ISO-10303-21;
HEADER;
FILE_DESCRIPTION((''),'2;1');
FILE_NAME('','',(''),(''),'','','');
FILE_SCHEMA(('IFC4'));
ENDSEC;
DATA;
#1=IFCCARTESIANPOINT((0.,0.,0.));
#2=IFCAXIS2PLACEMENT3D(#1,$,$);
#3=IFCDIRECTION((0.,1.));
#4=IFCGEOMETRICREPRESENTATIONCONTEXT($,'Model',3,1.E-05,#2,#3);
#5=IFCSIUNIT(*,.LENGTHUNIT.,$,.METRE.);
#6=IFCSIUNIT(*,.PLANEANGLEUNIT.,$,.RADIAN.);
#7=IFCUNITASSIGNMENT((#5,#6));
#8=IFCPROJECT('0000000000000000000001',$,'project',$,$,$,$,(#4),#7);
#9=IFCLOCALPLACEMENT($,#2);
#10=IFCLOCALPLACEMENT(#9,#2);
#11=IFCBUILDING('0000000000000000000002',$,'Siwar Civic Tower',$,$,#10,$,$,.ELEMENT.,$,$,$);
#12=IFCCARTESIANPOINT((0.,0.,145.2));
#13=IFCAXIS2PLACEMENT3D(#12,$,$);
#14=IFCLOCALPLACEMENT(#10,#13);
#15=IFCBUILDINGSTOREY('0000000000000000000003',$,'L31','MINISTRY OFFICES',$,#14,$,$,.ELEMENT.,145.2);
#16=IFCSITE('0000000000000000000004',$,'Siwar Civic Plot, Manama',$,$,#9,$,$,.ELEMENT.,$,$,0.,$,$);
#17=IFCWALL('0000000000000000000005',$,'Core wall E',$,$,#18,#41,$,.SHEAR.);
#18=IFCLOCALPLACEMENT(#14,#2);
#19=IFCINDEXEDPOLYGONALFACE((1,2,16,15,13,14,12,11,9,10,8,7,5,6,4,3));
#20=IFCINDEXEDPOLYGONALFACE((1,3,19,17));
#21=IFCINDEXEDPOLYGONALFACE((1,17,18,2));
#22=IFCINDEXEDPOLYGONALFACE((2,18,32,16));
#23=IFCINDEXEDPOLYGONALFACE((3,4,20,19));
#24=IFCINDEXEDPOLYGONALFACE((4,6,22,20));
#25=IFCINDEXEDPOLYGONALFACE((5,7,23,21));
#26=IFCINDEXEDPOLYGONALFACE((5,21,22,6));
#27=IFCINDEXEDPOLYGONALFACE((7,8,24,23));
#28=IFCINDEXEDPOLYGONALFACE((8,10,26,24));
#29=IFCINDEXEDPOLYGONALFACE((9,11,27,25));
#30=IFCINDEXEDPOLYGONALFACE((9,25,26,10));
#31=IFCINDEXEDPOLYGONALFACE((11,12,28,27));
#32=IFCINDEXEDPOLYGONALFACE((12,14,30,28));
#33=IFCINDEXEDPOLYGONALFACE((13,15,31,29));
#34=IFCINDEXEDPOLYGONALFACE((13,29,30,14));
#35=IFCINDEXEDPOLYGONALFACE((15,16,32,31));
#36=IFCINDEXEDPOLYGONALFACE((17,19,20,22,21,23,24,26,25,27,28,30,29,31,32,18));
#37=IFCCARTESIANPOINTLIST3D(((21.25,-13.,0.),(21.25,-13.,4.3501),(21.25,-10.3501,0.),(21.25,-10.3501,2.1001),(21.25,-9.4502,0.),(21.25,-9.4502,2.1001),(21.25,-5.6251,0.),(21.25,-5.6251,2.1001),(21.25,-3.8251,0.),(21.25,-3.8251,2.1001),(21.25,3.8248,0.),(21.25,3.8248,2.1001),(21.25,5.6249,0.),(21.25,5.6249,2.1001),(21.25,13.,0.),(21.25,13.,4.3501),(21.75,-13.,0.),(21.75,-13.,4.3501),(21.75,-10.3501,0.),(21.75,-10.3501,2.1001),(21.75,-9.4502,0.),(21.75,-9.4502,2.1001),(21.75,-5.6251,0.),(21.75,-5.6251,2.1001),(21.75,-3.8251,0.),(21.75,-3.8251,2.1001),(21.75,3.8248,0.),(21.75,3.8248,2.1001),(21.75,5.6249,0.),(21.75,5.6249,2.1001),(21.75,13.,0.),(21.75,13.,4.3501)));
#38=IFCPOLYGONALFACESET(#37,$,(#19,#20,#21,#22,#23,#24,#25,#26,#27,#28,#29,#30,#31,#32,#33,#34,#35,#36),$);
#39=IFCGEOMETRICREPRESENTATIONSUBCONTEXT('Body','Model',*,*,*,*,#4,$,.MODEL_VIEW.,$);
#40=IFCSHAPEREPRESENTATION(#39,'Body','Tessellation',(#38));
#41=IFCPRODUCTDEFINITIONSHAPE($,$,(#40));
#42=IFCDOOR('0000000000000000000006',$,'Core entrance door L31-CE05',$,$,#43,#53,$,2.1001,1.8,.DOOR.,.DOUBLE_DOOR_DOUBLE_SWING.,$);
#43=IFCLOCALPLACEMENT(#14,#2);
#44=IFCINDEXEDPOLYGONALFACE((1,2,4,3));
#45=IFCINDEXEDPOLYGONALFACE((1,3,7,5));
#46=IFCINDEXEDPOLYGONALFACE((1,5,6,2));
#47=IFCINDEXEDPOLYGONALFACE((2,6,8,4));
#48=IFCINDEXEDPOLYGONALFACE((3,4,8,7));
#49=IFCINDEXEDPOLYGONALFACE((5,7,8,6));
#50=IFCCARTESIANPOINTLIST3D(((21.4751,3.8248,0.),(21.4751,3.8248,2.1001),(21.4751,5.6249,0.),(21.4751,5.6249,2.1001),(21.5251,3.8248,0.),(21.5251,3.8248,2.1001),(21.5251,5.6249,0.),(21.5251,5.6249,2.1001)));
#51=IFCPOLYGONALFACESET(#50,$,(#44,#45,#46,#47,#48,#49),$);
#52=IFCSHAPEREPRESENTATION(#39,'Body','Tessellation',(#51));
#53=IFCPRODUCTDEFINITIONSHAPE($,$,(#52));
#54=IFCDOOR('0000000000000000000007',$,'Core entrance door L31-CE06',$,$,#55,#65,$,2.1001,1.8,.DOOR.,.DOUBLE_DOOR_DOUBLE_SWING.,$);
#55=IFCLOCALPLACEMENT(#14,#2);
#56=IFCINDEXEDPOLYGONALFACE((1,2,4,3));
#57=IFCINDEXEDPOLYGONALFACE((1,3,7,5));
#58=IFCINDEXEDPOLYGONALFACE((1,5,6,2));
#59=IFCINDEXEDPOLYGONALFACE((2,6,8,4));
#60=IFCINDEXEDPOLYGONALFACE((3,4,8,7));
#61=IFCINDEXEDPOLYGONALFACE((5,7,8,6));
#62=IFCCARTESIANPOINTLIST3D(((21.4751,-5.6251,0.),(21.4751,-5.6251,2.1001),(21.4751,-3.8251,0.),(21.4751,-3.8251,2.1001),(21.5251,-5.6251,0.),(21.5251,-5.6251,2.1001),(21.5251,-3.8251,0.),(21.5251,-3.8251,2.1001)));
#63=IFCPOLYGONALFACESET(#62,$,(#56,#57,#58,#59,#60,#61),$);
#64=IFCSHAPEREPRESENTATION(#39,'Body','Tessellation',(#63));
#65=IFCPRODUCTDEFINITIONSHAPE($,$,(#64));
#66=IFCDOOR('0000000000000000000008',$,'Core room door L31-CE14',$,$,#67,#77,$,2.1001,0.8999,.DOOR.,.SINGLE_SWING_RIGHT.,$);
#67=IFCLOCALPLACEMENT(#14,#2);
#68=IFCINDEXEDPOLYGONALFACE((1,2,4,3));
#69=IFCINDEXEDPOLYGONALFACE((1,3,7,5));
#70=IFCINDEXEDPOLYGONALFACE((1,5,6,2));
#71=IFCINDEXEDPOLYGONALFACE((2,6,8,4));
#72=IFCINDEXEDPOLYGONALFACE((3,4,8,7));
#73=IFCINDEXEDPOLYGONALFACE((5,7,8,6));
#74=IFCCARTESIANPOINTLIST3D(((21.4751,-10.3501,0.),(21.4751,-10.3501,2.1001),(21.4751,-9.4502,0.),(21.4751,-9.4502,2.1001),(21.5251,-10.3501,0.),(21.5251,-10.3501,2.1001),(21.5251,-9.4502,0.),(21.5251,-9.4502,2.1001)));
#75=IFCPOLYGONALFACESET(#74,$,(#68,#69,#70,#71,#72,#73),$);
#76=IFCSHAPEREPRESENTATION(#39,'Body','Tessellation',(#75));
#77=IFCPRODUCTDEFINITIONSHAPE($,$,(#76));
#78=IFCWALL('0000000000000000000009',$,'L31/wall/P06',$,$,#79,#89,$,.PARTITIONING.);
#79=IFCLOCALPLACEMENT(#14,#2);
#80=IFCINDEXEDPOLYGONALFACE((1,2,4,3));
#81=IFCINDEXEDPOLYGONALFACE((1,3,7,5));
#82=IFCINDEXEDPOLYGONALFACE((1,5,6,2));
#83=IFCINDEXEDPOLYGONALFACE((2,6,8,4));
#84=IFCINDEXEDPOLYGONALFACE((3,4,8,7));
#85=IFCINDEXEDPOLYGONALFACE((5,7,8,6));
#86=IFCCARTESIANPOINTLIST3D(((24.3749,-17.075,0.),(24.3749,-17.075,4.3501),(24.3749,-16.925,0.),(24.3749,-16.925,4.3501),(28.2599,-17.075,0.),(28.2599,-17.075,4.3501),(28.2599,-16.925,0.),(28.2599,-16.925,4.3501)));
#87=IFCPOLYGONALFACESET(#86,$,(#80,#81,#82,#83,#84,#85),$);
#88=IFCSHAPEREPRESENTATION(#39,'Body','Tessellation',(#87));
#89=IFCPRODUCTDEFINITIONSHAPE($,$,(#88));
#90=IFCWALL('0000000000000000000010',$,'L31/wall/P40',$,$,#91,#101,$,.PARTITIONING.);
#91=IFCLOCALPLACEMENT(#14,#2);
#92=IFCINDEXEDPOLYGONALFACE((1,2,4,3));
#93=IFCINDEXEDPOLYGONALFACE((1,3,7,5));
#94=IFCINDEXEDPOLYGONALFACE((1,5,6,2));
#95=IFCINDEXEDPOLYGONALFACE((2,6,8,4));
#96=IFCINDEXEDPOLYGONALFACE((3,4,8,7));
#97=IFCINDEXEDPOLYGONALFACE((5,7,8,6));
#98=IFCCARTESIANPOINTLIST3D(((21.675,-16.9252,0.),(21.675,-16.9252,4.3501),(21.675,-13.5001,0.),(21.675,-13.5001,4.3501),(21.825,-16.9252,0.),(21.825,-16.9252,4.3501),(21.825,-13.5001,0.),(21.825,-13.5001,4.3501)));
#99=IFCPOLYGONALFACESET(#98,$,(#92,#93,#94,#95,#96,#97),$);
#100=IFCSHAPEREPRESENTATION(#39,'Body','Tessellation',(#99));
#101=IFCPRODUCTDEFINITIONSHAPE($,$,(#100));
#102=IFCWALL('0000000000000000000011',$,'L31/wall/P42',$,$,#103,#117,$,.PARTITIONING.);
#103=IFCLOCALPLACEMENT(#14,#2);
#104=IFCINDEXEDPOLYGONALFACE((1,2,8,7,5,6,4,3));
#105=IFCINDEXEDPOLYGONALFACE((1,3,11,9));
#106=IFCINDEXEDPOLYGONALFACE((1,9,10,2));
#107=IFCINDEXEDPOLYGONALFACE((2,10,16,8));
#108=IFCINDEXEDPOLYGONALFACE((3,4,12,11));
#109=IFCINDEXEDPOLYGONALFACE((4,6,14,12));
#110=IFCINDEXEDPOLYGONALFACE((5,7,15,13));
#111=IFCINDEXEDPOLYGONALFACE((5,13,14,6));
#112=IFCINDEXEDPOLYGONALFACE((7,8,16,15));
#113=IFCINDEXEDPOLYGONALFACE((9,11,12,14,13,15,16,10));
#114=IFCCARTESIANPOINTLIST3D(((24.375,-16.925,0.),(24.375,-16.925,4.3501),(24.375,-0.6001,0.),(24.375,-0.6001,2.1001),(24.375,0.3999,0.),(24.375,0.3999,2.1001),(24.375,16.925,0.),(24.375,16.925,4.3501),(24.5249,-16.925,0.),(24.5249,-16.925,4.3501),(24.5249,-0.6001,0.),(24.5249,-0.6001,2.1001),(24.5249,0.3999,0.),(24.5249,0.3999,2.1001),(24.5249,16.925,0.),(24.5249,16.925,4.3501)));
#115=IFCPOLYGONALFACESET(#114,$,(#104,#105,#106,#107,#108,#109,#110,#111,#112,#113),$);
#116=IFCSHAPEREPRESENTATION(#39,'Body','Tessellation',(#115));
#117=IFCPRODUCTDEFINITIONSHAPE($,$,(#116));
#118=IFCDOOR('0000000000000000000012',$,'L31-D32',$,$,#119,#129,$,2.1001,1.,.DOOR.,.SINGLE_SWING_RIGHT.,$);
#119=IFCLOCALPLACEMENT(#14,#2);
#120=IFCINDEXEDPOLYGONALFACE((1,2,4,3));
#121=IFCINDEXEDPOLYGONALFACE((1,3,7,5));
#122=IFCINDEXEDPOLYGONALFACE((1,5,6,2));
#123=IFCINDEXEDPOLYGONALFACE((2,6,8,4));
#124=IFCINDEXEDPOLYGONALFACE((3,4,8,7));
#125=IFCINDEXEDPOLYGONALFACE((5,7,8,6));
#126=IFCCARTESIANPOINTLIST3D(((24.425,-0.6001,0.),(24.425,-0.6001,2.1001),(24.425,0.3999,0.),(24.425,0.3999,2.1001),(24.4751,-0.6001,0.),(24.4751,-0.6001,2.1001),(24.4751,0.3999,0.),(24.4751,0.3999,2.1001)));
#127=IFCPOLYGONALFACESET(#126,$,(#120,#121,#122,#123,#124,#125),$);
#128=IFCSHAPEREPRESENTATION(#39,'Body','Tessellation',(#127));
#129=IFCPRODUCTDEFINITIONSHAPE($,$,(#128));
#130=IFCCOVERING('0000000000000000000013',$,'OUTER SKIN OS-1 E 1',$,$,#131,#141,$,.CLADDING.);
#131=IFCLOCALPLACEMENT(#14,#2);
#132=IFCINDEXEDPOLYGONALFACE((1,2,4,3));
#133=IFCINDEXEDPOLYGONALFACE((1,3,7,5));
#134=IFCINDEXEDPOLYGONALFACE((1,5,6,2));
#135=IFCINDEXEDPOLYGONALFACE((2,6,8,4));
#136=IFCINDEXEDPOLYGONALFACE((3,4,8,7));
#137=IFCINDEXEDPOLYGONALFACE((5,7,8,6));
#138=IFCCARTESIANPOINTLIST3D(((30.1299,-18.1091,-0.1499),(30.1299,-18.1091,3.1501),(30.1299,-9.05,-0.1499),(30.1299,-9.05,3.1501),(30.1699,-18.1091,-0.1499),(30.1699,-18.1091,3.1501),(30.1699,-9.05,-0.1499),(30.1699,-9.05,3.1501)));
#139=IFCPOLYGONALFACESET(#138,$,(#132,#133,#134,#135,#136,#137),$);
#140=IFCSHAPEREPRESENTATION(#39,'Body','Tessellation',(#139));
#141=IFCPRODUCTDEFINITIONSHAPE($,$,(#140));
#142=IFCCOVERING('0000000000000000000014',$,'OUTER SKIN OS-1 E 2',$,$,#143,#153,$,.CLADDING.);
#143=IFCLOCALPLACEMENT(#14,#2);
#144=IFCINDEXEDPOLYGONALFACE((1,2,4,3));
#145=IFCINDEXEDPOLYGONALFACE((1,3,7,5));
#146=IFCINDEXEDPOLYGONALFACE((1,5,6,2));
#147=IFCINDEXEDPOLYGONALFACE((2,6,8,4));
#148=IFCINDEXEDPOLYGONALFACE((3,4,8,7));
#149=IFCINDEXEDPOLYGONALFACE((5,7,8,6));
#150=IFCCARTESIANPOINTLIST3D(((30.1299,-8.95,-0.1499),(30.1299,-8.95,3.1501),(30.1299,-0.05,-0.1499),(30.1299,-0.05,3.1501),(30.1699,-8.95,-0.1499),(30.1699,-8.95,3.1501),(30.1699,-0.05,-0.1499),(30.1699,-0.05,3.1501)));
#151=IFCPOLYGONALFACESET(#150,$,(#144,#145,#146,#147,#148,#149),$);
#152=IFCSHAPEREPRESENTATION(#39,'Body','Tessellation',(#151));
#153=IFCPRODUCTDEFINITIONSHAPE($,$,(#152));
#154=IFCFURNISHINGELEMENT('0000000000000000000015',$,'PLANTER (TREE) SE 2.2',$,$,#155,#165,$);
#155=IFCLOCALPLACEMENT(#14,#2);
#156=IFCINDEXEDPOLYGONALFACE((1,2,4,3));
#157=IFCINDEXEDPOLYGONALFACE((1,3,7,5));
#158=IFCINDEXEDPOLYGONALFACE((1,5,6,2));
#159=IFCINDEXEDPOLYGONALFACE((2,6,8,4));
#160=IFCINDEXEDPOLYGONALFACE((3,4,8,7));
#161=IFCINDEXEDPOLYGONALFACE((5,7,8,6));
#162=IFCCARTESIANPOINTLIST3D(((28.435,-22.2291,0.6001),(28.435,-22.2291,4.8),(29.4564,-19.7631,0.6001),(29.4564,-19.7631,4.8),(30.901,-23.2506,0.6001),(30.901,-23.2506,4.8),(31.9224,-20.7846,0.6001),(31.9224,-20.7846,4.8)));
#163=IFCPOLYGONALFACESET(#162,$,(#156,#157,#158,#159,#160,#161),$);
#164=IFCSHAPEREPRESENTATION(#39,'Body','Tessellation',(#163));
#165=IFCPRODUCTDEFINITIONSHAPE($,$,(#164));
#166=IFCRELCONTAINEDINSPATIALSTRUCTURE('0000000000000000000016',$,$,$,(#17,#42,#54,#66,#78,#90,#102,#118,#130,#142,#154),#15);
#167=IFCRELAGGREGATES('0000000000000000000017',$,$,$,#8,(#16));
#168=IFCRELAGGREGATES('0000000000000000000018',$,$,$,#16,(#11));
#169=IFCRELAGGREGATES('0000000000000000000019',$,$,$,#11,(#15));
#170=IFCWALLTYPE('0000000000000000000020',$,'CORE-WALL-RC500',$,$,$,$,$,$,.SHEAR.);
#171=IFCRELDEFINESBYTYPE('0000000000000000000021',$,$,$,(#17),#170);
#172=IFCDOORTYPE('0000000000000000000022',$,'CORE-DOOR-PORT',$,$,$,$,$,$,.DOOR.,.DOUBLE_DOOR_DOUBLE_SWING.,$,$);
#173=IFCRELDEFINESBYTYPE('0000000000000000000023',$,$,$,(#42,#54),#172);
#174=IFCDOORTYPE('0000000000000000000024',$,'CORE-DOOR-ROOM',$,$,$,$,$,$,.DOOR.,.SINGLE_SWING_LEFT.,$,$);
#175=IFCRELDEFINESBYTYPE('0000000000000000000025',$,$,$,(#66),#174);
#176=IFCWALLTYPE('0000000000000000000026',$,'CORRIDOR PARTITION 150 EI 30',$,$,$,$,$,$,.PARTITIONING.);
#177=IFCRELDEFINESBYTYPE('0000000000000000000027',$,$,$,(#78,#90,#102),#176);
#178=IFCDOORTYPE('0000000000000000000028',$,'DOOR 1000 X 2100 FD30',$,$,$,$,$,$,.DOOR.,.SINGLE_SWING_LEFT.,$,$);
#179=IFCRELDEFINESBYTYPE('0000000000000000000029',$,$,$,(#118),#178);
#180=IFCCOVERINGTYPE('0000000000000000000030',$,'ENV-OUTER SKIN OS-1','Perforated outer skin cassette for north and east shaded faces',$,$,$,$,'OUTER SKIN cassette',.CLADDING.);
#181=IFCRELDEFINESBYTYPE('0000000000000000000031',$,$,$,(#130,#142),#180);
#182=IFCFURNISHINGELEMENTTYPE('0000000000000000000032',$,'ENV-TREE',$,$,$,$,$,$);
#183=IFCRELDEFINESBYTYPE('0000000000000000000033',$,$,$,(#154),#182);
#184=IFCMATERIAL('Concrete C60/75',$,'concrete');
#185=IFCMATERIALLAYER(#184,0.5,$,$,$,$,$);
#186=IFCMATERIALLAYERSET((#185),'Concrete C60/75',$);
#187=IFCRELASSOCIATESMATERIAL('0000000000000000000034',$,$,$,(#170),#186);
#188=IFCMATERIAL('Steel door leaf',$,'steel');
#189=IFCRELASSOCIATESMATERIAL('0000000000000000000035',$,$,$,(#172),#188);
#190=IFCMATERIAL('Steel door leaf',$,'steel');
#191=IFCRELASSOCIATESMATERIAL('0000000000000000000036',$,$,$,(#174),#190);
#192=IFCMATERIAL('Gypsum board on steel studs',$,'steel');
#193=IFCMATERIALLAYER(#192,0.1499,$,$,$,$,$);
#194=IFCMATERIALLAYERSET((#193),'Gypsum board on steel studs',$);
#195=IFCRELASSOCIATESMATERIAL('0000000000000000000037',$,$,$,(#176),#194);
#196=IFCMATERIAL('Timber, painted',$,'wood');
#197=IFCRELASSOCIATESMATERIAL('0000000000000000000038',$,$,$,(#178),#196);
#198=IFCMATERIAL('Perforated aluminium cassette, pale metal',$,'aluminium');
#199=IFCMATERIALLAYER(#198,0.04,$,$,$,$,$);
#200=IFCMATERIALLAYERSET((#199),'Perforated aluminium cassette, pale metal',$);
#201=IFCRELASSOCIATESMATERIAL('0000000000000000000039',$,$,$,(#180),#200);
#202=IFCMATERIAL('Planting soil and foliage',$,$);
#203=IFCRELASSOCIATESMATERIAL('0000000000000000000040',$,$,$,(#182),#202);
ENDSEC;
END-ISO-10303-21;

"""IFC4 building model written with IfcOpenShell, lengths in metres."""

from ifc_helpers import new_model, si_unit, direction, frame, frame_2d, origin, origin_2d, place, context, subcontext, project, spatial, rectangle, extrude, material, layer, layer_set, type_object, element, fill, save


model = new_model("IFC4")

# Units and contexts
model_context = context("Model", 3, precision=1e-05, world=origin(), true_north=direction((0.0, 1.0)))
body_context = subcontext(model_context, "Body", "Model", "MODEL_VIEW")
ifc_project = project(units=[si_unit("LENGTHUNIT", "METRE"), si_unit("PLANEANGLEUNIT", "RADIAN")], contexts=[model_context])

# Site, building, storey
site_placement = place(None, origin())
site = spatial("IfcSite", under=ifc_project, at=site_placement, Name="Siwar Civic Plot, Manama", CompositionType="ELEMENT", RefElevation=0.0)
building_placement = place(site_placement, origin())
building = spatial("IfcBuilding", under=site, at=building_placement, Name="Siwar Civic Tower", CompositionType="ELEMENT")
storey_placement = place(building_placement, frame((0.0, 0.0, 145.2)))
storey = spatial("IfcBuildingStorey", under=building, at=storey_placement, Name="L31", Description="MINISTRY OFFICES", CompositionType="ELEMENT", Elevation=145.2)

# Wall, openings, doors
ifc_material_1 = material(Name="Concrete C60/75", Category="concrete")
ifc_layer_1 = layer(ifc_material_1, 0.5)
ifc_layer_set_1 = layer_set([ifc_layer_1], Name="Concrete C60/75")
wall_type_1 = type_object("IfcWallType", Name="CORE-WALL-RC500", PredefinedType="SHEAR", material=ifc_layer_set_1)
wall_1_placement = place(storey_placement, frame((21.5, -13.0, 0.0), z_axis=(0.0, 0.0, 1.0), x_axis=(0.0, 1.0, 0.0)))
wall_1 = element("IfcWall", 1, at=wall_1_placement, inside=storey, type_object=wall_type_1, Name="Core wall E", PredefinedType="SHEAR", context=body_context, shape_type="SweptSolid", body=[
    extrude(rectangle(XDim=26.0, YDim=0.5, at=frame_2d((13.0, 0.0))), origin(), (0.0, 0.0, 1.0), 4.3501),
])
opening_1_placement = place(wall_1_placement, frame((16.825, 0.0, 0.0)))
opening_1 = element("IfcOpeningElement", 2, at=opening_1_placement, cuts=wall_1, PredefinedType="OPENING", context=body_context, shape_type="SweptSolid", body=[
    extrude(rectangle(XDim=1.8, YDim=2.1001, at=frame_2d((0.8999, 1.05))), frame((0.0, 0.26, 0.0), z_axis=(0.0, -1.0, 0.0), x_axis=(1.0, 0.0, 0.0)), (0.0, 0.0, 1.0), 0.52),
])
opening_2_placement = place(wall_1_placement, frame((7.375, 0.0, 0.0)))
opening_2 = element("IfcOpeningElement", 3, at=opening_2_placement, cuts=wall_1, PredefinedType="OPENING", context=body_context, shape_type="SweptSolid", body=[
    extrude(rectangle(XDim=1.8, YDim=2.1001, at=frame_2d((0.8999, 1.05))), frame((0.0, 0.26, 0.0), z_axis=(0.0, -1.0, 0.0), x_axis=(1.0, 0.0, 0.0)), (0.0, 0.0, 1.0), 0.52),
])
opening_3_placement = place(wall_1_placement, frame((2.6499, 0.0, 0.0)))
opening_3 = element("IfcOpeningElement", 4, at=opening_3_placement, cuts=wall_1, PredefinedType="OPENING", context=body_context, shape_type="SweptSolid", body=[
    extrude(rectangle(XDim=0.8999, YDim=2.1001, at=frame_2d((0.45, 1.05))), frame((0.0, 0.26, 0.0), z_axis=(0.0, -1.0, 0.0), x_axis=(1.0, 0.0, 0.0)), (0.0, 0.0, 1.0), 0.52),
])
ifc_material_2 = material(Name="Steel door leaf", Category="steel")
door_type_1 = type_object("IfcDoorType", Name="CORE-DOOR-PORT", OperationType="DOUBLE_DOOR_DOUBLE_SWING", PredefinedType="DOOR", material=ifc_material_2)
door_1_placement = place(opening_1_placement, origin())
door_1 = element("IfcDoor", 5, at=door_1_placement, inside=storey, type_object=door_type_1, Name="Core entrance door L31-CE05", OperationType="DOUBLE_DOOR_DOUBLE_SWING", OverallHeight=2.1001, OverallWidth=1.8, PredefinedType="DOOR", context=body_context, shape_type="SweptSolid", body=[
    extrude(rectangle(XDim=1.8, YDim=2.1001, at=frame_2d((0.8999, 1.05))), frame((0.0, 0.0249, 0.0), z_axis=(0.0, -1.0, 0.0), x_axis=(1.0, 0.0, 0.0)), (0.0, 0.0, 1.0), 0.05),
])
fill(opening_1, door_1)
door_2_placement = place(opening_2_placement, origin())
door_2 = element("IfcDoor", 6, at=door_2_placement, inside=storey, type_object=door_type_1, Name="Core entrance door L31-CE06", OperationType="DOUBLE_DOOR_DOUBLE_SWING", OverallHeight=2.1001, OverallWidth=1.8, PredefinedType="DOOR", context=body_context, shape_type="SweptSolid", body=[
    extrude(rectangle(XDim=1.8, YDim=2.1001, at=frame_2d((0.8999, 1.05))), frame((0.0, 0.0249, 0.0), z_axis=(0.0, -1.0, 0.0), x_axis=(1.0, 0.0, 0.0)), (0.0, 0.0, 1.0), 0.05),
])
fill(opening_2, door_2)
ifc_material_3 = material(Name="Steel door leaf", Category="steel")
door_type_2 = type_object("IfcDoorType", Name="CORE-DOOR-ROOM", OperationType="SINGLE_SWING_LEFT", PredefinedType="DOOR", material=ifc_material_3)
door_3_placement = place(opening_3_placement, origin())
door_3 = element("IfcDoor", 7, at=door_3_placement, inside=storey, type_object=door_type_2, Name="Core room door L31-CE14", OperationType="SINGLE_SWING_RIGHT", OverallHeight=2.1001, OverallWidth=0.8999, PredefinedType="DOOR", context=body_context, shape_type="SweptSolid", body=[
    extrude(rectangle(XDim=0.8999, YDim=2.1001, at=frame_2d((0.45, 1.05))), frame((0.0, 0.0249, 0.0), z_axis=(0.0, -1.0, 0.0), x_axis=(1.0, 0.0, 0.0)), (0.0, 0.0, 1.0), 0.05),
])
fill(opening_3, door_3)

# Walls
ifc_material_4 = material(Name="Gypsum board on steel studs", Category="steel")
ifc_layer_2 = layer(ifc_material_4, 0.1499)
ifc_layer_set_2 = layer_set([ifc_layer_2], Name="Gypsum board on steel studs")
wall_type_2 = type_object("IfcWallType", Name="CORRIDOR PARTITION 150 EI 30", PredefinedType="PARTITIONING", material=ifc_layer_set_2)
wall_2_placement = place(storey_placement, frame((24.375, -17.0, 0.0), z_axis=(0.0, 0.0, 1.0), x_axis=(1.0, 0.0, 0.0)))
element("IfcWall", 8, at=wall_2_placement, inside=storey, type_object=wall_type_2, Name="L31/wall/P06", PredefinedType="PARTITIONING", context=body_context, shape_type="SweptSolid", body=[
    extrude(rectangle(XDim=3.885, YDim=0.1499, at=frame_2d((1.9424, 0.0))), origin(), (0.0, 0.0, 1.0), 4.3501),
])
wall_3_placement = place(storey_placement, frame((21.75, -16.925, 0.0), z_axis=(0.0, 0.0, 1.0), x_axis=(0.0, 1.0, 0.0)))
element("IfcWall", 9, at=wall_3_placement, inside=storey, type_object=wall_type_2, Name="L31/wall/P40", PredefinedType="PARTITIONING", context=body_context, shape_type="SweptSolid", body=[
    extrude(rectangle(XDim=3.425, YDim=0.1499, at=frame_2d((1.7124, 0.0))), origin(), (0.0, 0.0, 1.0), 4.3501),
])

# Wall, opening, door
wall_4_placement = place(storey_placement, frame((24.45, -16.925, 0.0), z_axis=(0.0, 0.0, 1.0), x_axis=(0.0, 1.0, 0.0)))
wall_4 = element("IfcWall", 10, at=wall_4_placement, inside=storey, type_object=wall_type_2, Name="L31/wall/P42", PredefinedType="PARTITIONING", context=body_context, shape_type="SweptSolid", body=[
    extrude(rectangle(XDim=33.8501, YDim=0.1499, at=frame_2d((16.925, 0.0))), origin(), (0.0, 0.0, 1.0), 4.3501),
])
opening_4_placement = place(wall_4_placement, frame((16.325, 0.0, 0.0)))
opening_4 = element("IfcOpeningElement", 11, at=opening_4_placement, cuts=wall_4, PredefinedType="OPENING", context=body_context, shape_type="SweptSolid", body=[
    extrude(rectangle(XDim=1.0, YDim=2.1001, at=frame_2d((0.5, 1.05))), frame((0.0, 0.085, 0.0), z_axis=(0.0, -1.0, 0.0), x_axis=(1.0, 0.0, 0.0)), (0.0, 0.0, 1.0), 0.1699),
])
ifc_material_5 = material(Name="Timber, painted", Category="wood")
door_type_3 = type_object("IfcDoorType", Name="DOOR 1000 X 2100 FD30", OperationType="SINGLE_SWING_LEFT", PredefinedType="DOOR", material=ifc_material_5)
door_4_placement = place(opening_4_placement, origin())
door_4 = element("IfcDoor", 12, at=door_4_placement, inside=storey, type_object=door_type_3, Name="L31-D32", OperationType="SINGLE_SWING_RIGHT", OverallHeight=2.1001, OverallWidth=1.0, PredefinedType="DOOR", context=body_context, shape_type="SweptSolid", body=[
    extrude(rectangle(XDim=1.0, YDim=2.1001, at=frame_2d((0.5, 1.05))), frame((0.0, 0.0249, 0.0), z_axis=(0.0, -1.0, 0.0), x_axis=(1.0, 0.0, 0.0)), (0.0, 0.0, 1.0), 0.05),
])
fill(opening_4, door_4)

# Coverings
ifc_material_6 = material(Name="Perforated aluminium cassette, pale metal", Category="aluminium")
ifc_layer_3 = layer(ifc_material_6, 0.04)
ifc_layer_set_3 = layer_set([ifc_layer_3], Name="Perforated aluminium cassette, pale metal")
covering_type = type_object("IfcCoveringType", Name="ENV-OUTER SKIN OS-1", Description="Perforated outer skin cassette for north and east shaded faces", ElementType="OUTER SKIN cassette", PredefinedType="CLADDING", material=ifc_layer_set_3)
covering_1_placement = place(storey_placement, frame((30.1499, -13.5796, -0.1499), z_axis=(0.0, 0.0, 1.0), x_axis=(0.0, 1.0, 0.0)))
element("IfcCovering", 13, at=covering_1_placement, inside=storey, type_object=covering_type, Name="OUTER SKIN OS-1 E 1", PredefinedType="CLADDING", context=body_context, shape_type="SweptSolid", body=[
    extrude(rectangle(XDim=9.0591, YDim=0.04, at=origin_2d()), origin(), (0.0, 0.0, 1.0), 3.3),
])
covering_2_placement = place(storey_placement, frame((30.1499, -4.5, -0.1499), z_axis=(0.0, 0.0, 1.0), x_axis=(0.0, 1.0, 0.0)))
element("IfcCovering", 14, at=covering_2_placement, inside=storey, type_object=covering_type, Name="OUTER SKIN OS-1 E 2", PredefinedType="CLADDING", context=body_context, shape_type="SweptSolid", body=[
    extrude(rectangle(XDim=8.8999, YDim=0.04, at=origin_2d()), origin(), (0.0, 0.0, 1.0), 3.3),
])

# Furnishing element
ifc_material_7 = material(Name="Planting soil and foliage")
furnishing_element_type = type_object("IfcFurnishingElementType", Name="ENV-TREE", material=ifc_material_7)
furnishing_placement = place(storey_placement, frame((30.1787, -21.5068, 0.6001), z_axis=(0.0, 0.0, 1.0), x_axis=(0.382683, 0.92388, 0.0)))
element("IfcFurnishingElement", 15, at=furnishing_placement, inside=storey, type_object=furnishing_element_type, Name="PLANTER (TREE) SE 2.2", context=body_context, shape_type="SweptSolid", body=[
    extrude(rectangle(XDim=2.6692, YDim=2.6692, at=origin_2d()), origin(), (0.0, 0.0, 1.0), 4.2),
])

save(model, "model.ifc")
